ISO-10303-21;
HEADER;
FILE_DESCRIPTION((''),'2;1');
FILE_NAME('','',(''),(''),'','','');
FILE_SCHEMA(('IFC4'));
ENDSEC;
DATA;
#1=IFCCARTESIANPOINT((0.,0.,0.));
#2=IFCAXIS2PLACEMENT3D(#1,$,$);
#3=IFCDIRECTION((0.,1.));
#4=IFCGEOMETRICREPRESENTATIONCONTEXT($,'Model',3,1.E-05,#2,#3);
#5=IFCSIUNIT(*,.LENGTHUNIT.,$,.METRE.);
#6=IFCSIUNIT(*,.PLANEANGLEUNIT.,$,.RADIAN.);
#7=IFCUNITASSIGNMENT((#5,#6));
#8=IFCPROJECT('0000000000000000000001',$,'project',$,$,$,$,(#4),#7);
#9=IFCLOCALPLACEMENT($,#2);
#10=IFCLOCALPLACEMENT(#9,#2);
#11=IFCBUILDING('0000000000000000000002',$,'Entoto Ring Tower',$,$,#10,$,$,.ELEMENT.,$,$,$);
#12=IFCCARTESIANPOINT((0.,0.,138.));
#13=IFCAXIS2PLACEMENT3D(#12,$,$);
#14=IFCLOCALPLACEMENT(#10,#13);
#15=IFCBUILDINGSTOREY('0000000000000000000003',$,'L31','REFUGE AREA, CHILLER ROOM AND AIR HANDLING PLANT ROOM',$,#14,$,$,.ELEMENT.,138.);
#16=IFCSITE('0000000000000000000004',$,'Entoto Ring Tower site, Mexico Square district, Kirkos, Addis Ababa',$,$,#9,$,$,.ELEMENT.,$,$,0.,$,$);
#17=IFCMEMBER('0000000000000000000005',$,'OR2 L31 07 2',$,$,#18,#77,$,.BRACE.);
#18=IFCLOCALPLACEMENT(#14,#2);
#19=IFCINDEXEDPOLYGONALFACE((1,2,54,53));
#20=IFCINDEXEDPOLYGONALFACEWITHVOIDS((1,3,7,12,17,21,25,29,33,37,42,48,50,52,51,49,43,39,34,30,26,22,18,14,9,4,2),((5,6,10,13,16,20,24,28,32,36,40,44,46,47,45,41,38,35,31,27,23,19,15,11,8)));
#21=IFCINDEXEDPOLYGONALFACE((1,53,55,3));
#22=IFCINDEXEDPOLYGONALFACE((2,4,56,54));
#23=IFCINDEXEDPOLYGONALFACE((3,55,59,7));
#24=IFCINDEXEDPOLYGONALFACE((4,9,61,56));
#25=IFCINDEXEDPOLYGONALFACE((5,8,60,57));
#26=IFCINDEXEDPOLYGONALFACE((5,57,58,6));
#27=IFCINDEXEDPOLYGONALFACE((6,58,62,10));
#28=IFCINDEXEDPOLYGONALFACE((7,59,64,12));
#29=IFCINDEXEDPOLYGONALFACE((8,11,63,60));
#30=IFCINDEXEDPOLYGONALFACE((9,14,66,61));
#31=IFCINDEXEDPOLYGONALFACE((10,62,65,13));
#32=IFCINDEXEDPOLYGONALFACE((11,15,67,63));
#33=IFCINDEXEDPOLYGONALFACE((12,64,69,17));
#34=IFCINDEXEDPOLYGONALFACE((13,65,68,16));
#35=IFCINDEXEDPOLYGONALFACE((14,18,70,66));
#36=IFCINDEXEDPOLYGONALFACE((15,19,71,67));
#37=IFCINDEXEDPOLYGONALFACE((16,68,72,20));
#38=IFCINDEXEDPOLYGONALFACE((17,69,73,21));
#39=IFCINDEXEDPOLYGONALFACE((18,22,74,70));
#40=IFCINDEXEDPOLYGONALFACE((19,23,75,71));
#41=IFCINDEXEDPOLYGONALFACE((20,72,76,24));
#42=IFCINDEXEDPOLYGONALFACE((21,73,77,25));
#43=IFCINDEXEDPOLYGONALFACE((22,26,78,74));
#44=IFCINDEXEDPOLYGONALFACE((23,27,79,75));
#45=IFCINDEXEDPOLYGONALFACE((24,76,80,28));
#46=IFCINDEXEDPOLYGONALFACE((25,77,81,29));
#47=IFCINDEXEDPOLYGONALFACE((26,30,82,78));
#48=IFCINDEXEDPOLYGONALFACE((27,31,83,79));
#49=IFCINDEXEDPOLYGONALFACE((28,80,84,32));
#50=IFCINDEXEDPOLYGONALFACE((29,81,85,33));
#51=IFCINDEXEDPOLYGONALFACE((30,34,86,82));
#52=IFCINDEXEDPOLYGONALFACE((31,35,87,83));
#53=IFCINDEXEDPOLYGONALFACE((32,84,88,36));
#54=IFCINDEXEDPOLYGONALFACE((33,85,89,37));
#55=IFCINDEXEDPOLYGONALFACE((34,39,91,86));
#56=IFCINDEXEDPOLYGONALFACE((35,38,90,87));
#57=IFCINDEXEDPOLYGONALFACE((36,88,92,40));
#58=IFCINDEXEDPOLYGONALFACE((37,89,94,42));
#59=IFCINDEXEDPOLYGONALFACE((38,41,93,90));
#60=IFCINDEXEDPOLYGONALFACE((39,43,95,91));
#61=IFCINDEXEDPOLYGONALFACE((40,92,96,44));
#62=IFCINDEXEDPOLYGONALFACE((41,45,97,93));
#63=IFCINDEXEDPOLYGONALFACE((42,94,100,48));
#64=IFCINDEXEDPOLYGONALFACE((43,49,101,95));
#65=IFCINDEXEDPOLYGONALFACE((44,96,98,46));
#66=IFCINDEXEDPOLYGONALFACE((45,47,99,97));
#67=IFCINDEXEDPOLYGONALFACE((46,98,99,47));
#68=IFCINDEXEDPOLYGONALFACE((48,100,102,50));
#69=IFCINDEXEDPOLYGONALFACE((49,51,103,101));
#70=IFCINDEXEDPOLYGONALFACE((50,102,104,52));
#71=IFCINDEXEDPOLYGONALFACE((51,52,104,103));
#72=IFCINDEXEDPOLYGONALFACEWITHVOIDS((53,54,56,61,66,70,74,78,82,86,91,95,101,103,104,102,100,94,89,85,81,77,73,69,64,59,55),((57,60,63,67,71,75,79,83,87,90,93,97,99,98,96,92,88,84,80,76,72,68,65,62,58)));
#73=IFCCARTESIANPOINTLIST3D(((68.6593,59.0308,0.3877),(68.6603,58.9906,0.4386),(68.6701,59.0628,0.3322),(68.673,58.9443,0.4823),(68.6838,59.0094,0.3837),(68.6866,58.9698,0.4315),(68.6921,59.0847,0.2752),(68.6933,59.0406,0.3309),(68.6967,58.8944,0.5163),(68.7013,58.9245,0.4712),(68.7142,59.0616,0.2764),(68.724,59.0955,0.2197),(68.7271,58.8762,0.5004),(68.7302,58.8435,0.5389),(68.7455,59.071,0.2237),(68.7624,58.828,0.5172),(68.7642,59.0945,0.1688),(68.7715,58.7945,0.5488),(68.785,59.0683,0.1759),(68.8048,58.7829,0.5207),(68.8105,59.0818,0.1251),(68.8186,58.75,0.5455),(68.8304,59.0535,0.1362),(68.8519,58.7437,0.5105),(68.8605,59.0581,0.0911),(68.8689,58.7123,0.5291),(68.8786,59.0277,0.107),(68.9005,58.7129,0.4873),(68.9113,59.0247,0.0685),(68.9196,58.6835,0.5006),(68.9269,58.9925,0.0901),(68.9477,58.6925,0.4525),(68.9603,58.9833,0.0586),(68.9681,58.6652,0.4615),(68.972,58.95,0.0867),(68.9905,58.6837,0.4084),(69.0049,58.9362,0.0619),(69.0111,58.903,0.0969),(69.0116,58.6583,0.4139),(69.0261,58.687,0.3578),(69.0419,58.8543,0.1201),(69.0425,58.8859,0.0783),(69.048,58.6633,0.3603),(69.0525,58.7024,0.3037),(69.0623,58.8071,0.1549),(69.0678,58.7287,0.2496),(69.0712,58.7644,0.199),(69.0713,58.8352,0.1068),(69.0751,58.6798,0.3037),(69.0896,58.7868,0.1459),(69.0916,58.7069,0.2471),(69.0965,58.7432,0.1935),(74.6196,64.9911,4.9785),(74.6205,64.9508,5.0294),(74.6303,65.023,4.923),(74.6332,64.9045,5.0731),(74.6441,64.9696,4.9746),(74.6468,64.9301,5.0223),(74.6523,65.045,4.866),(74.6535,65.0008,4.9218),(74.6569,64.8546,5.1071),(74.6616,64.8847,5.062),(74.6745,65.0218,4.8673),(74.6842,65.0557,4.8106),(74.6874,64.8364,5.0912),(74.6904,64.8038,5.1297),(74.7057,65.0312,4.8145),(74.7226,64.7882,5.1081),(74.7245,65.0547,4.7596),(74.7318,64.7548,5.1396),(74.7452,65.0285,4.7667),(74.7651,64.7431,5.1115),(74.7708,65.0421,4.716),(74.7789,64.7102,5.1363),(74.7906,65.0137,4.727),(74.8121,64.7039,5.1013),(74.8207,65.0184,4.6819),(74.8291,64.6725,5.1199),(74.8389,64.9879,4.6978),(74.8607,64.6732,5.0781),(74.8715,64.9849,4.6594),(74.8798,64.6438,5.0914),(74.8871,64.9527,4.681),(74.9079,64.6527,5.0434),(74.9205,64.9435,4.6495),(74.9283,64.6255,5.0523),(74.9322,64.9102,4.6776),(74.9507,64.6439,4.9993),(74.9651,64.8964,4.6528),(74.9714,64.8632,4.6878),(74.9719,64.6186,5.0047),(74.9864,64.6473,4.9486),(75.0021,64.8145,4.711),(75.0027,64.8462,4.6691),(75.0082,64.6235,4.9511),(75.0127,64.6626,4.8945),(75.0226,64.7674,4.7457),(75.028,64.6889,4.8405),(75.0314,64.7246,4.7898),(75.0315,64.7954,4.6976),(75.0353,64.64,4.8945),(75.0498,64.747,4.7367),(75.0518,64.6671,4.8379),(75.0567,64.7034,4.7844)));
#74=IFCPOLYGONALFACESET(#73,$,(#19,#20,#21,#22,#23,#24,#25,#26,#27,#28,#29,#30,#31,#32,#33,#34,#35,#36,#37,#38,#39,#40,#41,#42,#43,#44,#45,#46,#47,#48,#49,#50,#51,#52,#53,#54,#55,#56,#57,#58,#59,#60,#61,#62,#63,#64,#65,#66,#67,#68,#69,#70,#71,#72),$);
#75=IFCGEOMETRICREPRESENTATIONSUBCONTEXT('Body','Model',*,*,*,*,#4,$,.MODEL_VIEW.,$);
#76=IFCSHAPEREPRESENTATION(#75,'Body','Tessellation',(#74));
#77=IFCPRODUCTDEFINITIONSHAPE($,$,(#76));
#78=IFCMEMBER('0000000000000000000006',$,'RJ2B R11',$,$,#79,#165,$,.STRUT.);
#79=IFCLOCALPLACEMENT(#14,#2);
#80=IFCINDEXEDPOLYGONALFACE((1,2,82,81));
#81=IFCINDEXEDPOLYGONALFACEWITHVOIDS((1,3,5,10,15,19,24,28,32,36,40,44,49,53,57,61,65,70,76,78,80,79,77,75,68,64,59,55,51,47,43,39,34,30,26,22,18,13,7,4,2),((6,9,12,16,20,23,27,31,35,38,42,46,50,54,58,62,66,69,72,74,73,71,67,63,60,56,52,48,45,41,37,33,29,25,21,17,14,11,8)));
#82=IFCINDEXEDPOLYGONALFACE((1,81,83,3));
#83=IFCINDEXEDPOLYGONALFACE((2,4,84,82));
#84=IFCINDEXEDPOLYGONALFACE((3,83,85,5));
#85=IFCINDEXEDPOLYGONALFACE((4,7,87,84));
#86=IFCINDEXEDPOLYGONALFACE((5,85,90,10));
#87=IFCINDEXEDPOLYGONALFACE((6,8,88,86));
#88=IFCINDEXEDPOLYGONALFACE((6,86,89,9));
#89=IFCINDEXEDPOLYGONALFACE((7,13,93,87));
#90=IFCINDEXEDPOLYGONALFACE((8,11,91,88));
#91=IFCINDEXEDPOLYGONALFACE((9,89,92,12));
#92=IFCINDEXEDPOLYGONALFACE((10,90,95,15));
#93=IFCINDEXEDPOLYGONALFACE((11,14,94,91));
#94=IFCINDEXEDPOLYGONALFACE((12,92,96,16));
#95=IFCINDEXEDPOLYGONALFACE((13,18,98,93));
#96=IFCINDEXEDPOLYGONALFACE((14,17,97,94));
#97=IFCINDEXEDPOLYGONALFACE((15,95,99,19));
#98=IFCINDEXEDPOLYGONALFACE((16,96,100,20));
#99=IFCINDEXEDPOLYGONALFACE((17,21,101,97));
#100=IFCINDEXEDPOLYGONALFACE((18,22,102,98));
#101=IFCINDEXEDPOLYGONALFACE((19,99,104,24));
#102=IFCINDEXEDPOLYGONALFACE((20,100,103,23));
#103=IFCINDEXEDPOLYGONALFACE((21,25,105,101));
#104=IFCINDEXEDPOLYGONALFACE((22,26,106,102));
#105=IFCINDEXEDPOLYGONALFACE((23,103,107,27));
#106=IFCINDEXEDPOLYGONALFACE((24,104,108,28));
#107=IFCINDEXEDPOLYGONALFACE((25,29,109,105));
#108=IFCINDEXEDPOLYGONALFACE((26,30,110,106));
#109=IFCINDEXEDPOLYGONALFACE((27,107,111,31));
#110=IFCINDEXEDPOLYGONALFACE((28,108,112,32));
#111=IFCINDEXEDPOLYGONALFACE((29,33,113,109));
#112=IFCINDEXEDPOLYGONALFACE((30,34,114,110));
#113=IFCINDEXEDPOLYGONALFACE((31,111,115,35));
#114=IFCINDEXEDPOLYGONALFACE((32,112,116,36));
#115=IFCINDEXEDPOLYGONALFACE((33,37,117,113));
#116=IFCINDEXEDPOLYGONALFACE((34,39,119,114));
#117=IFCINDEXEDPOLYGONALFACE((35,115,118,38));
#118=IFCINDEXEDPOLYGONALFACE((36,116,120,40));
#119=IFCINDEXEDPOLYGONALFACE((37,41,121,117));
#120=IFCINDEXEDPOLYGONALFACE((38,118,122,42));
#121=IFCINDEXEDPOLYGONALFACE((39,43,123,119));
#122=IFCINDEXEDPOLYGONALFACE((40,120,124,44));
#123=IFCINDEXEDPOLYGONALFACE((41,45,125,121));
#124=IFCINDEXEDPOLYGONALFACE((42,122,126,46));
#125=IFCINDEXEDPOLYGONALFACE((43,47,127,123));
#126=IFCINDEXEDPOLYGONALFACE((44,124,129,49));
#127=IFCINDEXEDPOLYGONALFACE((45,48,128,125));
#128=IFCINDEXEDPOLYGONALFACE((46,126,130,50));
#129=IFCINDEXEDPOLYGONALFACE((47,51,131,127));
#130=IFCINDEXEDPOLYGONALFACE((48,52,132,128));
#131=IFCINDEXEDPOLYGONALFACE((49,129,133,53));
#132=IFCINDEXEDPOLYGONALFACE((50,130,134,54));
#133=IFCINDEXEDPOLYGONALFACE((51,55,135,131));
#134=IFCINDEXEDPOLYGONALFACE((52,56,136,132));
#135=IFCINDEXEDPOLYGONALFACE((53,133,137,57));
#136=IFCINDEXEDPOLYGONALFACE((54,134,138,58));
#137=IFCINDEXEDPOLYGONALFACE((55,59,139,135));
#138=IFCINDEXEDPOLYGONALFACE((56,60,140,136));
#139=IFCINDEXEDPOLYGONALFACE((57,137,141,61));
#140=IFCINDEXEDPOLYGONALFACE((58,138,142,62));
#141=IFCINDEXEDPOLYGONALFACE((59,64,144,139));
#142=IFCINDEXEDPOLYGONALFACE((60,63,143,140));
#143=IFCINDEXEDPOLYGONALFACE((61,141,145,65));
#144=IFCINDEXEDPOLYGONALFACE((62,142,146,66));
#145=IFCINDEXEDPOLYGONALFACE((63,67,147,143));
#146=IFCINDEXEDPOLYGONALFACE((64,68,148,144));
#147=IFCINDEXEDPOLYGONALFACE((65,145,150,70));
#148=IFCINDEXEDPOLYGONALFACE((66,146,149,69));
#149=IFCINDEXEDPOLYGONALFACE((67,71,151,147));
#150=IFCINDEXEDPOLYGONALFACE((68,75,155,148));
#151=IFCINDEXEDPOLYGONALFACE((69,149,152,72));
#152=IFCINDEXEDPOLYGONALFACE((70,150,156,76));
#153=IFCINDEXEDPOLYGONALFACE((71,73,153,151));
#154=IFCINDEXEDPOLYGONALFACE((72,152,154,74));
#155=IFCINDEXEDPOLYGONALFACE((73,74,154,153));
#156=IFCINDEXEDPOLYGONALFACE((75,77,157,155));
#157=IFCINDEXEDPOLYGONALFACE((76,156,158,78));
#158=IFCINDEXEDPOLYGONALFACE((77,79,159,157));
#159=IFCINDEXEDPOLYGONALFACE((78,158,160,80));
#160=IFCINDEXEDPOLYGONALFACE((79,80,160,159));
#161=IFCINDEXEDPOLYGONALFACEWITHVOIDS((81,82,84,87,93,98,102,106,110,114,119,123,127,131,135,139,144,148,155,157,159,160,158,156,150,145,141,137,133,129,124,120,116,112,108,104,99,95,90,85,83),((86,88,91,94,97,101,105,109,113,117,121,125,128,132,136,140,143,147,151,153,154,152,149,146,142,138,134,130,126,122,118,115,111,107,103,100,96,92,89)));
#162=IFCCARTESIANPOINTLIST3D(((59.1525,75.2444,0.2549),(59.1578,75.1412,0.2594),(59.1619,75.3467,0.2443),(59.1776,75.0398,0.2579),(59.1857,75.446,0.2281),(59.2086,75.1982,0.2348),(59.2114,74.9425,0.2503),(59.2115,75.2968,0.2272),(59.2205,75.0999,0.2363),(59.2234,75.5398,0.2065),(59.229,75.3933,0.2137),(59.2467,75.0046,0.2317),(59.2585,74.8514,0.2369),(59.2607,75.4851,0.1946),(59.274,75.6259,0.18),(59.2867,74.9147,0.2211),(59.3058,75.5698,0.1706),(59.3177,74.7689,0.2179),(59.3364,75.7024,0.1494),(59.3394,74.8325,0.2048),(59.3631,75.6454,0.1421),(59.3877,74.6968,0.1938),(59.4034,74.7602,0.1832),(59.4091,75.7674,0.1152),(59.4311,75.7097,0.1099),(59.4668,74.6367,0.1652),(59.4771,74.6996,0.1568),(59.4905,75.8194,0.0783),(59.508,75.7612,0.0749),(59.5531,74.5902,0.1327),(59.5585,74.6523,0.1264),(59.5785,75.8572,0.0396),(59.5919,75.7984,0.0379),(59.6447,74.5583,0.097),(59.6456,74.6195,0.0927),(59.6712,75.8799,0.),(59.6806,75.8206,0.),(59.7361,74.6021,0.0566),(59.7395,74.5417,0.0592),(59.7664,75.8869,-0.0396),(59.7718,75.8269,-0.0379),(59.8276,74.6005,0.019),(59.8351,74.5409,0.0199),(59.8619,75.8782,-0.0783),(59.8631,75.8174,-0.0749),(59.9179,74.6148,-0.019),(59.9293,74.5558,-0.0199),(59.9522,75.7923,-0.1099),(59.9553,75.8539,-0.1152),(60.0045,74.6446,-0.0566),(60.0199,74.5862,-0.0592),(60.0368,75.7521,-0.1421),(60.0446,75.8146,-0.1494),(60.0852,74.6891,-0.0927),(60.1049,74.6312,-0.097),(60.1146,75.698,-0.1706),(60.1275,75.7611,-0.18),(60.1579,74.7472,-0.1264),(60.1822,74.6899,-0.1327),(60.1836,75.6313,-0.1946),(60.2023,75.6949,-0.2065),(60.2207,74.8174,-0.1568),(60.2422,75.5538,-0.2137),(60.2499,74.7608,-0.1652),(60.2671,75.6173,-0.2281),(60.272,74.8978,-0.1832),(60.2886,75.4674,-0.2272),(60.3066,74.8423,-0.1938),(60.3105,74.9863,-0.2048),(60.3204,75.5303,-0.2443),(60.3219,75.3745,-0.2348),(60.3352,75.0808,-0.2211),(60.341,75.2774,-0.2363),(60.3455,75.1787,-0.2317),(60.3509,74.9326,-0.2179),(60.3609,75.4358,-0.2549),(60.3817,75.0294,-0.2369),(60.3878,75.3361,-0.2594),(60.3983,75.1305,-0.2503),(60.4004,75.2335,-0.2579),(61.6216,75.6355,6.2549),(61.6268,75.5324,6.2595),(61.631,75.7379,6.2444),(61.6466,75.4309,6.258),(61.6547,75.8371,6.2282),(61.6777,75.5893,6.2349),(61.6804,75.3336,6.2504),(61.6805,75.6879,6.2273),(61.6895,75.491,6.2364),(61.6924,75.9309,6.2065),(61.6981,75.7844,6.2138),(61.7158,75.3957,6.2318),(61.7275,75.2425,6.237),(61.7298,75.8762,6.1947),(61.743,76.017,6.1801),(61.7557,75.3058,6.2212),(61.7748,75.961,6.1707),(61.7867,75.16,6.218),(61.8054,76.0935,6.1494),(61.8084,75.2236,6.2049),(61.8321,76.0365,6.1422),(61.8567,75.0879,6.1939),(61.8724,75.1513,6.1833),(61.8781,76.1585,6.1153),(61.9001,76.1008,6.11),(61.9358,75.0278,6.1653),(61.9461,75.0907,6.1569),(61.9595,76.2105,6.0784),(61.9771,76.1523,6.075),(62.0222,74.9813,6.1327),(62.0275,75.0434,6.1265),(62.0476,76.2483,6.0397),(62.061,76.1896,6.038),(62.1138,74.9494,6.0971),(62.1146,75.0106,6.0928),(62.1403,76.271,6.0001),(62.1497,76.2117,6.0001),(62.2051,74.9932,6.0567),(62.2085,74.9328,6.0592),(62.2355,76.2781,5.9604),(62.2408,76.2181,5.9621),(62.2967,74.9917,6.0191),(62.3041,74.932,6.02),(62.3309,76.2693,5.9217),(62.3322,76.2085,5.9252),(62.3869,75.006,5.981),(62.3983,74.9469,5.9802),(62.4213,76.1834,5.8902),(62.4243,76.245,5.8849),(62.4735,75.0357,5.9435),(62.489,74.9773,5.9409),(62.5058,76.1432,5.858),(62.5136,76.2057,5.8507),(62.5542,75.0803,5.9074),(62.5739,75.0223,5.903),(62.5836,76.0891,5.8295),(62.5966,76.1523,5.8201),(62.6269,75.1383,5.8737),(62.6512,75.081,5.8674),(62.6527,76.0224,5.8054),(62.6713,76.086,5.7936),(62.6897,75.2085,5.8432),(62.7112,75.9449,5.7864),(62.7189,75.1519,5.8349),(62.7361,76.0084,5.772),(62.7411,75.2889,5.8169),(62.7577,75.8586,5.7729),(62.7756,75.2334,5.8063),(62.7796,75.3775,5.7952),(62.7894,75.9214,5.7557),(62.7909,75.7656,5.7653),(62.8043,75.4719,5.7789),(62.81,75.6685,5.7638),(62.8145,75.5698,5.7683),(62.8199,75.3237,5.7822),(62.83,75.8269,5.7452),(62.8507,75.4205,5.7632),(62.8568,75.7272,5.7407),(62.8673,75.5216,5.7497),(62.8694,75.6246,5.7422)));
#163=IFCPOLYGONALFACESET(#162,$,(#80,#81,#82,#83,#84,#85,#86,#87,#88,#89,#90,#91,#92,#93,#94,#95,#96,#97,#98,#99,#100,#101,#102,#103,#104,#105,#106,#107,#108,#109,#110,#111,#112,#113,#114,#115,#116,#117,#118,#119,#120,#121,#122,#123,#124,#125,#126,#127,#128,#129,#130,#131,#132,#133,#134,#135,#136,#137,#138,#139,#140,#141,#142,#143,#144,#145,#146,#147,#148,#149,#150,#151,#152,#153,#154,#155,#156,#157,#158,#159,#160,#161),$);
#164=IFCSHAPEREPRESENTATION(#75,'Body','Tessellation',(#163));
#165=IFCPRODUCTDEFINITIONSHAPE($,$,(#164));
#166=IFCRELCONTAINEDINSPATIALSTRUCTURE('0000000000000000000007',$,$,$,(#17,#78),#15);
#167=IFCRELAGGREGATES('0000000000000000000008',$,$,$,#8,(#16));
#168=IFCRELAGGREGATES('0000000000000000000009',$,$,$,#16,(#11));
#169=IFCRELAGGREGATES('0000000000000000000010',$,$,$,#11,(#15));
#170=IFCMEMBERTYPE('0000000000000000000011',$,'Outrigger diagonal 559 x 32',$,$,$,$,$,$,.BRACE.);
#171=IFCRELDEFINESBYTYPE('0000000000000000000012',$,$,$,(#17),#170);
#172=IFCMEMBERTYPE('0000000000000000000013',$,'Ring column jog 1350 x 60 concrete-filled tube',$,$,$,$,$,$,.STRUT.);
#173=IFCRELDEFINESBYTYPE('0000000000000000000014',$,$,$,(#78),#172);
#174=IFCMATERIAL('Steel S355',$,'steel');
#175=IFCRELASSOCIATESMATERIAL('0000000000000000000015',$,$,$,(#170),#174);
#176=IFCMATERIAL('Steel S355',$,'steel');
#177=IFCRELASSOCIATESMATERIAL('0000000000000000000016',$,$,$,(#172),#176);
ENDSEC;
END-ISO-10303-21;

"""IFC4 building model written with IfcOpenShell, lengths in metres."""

from ifc_helpers import new_model, si_unit, direction, frame, origin, origin_2d, place, context, subcontext, project, spatial, circle, hollow_circle, extrude, material, material_profile, profile_set, type_object, element, save


model = new_model("IFC4")

# Units and contexts
model_context = context("Model", 3, precision=1e-05, world=origin(), true_north=direction((0.0, 1.0)))
body_context = subcontext(model_context, "Body", "Model", "MODEL_VIEW")
ifc_project = project(units=[si_unit("LENGTHUNIT", "METRE"), si_unit("PLANEANGLEUNIT", "RADIAN")], contexts=[model_context])

# Site, building, storey
site_placement = place(None, origin())
site = spatial("IfcSite", under=ifc_project, at=site_placement, Name="Entoto Ring Tower site, Mexico Square district, Kirkos, Addis Ababa", CompositionType="ELEMENT", RefElevation=0.0)
building_placement = place(site_placement, origin())
building = spatial("IfcBuilding", under=site, at=building_placement, Name="Entoto Ring Tower", CompositionType="ELEMENT")
storey_placement = place(building_placement, frame((0.0, 0.0, 138.0)))
storey = spatial("IfcBuildingStorey", under=building, at=storey_placement, Name="L31", Description="REFUGE AREA, CHILLER ROOM AND AIR HANDLING PLANT ROOM", CompositionType="ELEMENT", Elevation=138.0)

# Members
ifc_material_1 = material(Name="Steel S355", Category="steel")
ifc_material_profile_1 = material_profile(ifc_material_1, hollow_circle(Radius=0.2795, WallThickness=0.032, at=origin_2d()), Name="CHS 559 x 32")
ifc_material_2 = material(Name="Concrete C60/75", Category="concrete")
ifc_material_profile_2 = material_profile(ifc_material_2, circle(Radius=0.2476, at=origin_2d()), Name="Concrete C60/75 infill")
ifc_profile_set_1 = profile_set([ifc_material_profile_1, ifc_material_profile_2], Name="Steel S355")
member_type_1 = type_object("IfcMemberType", Name="Outrigger diagonal 559 x 32", PredefinedType="BRACE", material=ifc_profile_set_1)
member_1_placement = place(storey_placement, frame((74.8376, 64.8376, 4.8945), z_axis=(-0.620977, -0.620977, -0.478305), x_axis=(0.707107, -0.707107, 0.0)))
element("IfcMember", 1, at=member_1_placement, inside=storey, type_object=member_type_1, Name="OR2 L31 07 2", PredefinedType="BRACE", context=body_context, shape_type="SweptSolid", body=[
    extrude(hollow_circle(Radius=0.2795, WallThickness=0.032, at=origin_2d()), origin(), (0.0, 0.0, 1.0), 9.5981),
])
ifc_material_3 = material(Name="Steel S355", Category="steel")
ifc_material_profile_3 = material_profile(ifc_material_3, hollow_circle(Radius=0.675, WallThickness=0.0601, at=origin_2d()), Name="CHS 1350 x 60")
ifc_material_4 = material(Name="Concrete C60/75", Category="concrete")
ifc_material_profile_4 = material_profile(ifc_material_4, circle(Radius=0.615, at=origin_2d()), Name="Concrete C60/75 infill")
ifc_profile_set_2 = profile_set([ifc_material_profile_3, ifc_material_profile_4], Name="Steel S355")
member_type_2 = type_object("IfcMemberType", Name="Ring column jog 1350 x 60 concrete-filled tube", PredefinedType="STRUT", material=ifc_profile_set_2)
for number, where, z_axis, x_axis, name in (
    (2, (59.7769, 75.2131, 0.0), (0.37985, 0.060172, 0.923089), (-0.156459, 0.987684, 0.0), "RJ2B R11"),
):
    element("IfcMember", number, at=place(storey_placement, frame(where, z_axis=z_axis, x_axis=x_axis)), inside=storey, type_object=member_type_2, Name=name, PredefinedType="STRUT", context=body_context, shape_type="SweptSolid", body=[
        extrude(hollow_circle(Radius=0.675, WallThickness=0.0601, at=origin_2d()), origin(), (0.0, 0.0, 1.0), 6.5),
    ])

save(model, "model.ifc")
